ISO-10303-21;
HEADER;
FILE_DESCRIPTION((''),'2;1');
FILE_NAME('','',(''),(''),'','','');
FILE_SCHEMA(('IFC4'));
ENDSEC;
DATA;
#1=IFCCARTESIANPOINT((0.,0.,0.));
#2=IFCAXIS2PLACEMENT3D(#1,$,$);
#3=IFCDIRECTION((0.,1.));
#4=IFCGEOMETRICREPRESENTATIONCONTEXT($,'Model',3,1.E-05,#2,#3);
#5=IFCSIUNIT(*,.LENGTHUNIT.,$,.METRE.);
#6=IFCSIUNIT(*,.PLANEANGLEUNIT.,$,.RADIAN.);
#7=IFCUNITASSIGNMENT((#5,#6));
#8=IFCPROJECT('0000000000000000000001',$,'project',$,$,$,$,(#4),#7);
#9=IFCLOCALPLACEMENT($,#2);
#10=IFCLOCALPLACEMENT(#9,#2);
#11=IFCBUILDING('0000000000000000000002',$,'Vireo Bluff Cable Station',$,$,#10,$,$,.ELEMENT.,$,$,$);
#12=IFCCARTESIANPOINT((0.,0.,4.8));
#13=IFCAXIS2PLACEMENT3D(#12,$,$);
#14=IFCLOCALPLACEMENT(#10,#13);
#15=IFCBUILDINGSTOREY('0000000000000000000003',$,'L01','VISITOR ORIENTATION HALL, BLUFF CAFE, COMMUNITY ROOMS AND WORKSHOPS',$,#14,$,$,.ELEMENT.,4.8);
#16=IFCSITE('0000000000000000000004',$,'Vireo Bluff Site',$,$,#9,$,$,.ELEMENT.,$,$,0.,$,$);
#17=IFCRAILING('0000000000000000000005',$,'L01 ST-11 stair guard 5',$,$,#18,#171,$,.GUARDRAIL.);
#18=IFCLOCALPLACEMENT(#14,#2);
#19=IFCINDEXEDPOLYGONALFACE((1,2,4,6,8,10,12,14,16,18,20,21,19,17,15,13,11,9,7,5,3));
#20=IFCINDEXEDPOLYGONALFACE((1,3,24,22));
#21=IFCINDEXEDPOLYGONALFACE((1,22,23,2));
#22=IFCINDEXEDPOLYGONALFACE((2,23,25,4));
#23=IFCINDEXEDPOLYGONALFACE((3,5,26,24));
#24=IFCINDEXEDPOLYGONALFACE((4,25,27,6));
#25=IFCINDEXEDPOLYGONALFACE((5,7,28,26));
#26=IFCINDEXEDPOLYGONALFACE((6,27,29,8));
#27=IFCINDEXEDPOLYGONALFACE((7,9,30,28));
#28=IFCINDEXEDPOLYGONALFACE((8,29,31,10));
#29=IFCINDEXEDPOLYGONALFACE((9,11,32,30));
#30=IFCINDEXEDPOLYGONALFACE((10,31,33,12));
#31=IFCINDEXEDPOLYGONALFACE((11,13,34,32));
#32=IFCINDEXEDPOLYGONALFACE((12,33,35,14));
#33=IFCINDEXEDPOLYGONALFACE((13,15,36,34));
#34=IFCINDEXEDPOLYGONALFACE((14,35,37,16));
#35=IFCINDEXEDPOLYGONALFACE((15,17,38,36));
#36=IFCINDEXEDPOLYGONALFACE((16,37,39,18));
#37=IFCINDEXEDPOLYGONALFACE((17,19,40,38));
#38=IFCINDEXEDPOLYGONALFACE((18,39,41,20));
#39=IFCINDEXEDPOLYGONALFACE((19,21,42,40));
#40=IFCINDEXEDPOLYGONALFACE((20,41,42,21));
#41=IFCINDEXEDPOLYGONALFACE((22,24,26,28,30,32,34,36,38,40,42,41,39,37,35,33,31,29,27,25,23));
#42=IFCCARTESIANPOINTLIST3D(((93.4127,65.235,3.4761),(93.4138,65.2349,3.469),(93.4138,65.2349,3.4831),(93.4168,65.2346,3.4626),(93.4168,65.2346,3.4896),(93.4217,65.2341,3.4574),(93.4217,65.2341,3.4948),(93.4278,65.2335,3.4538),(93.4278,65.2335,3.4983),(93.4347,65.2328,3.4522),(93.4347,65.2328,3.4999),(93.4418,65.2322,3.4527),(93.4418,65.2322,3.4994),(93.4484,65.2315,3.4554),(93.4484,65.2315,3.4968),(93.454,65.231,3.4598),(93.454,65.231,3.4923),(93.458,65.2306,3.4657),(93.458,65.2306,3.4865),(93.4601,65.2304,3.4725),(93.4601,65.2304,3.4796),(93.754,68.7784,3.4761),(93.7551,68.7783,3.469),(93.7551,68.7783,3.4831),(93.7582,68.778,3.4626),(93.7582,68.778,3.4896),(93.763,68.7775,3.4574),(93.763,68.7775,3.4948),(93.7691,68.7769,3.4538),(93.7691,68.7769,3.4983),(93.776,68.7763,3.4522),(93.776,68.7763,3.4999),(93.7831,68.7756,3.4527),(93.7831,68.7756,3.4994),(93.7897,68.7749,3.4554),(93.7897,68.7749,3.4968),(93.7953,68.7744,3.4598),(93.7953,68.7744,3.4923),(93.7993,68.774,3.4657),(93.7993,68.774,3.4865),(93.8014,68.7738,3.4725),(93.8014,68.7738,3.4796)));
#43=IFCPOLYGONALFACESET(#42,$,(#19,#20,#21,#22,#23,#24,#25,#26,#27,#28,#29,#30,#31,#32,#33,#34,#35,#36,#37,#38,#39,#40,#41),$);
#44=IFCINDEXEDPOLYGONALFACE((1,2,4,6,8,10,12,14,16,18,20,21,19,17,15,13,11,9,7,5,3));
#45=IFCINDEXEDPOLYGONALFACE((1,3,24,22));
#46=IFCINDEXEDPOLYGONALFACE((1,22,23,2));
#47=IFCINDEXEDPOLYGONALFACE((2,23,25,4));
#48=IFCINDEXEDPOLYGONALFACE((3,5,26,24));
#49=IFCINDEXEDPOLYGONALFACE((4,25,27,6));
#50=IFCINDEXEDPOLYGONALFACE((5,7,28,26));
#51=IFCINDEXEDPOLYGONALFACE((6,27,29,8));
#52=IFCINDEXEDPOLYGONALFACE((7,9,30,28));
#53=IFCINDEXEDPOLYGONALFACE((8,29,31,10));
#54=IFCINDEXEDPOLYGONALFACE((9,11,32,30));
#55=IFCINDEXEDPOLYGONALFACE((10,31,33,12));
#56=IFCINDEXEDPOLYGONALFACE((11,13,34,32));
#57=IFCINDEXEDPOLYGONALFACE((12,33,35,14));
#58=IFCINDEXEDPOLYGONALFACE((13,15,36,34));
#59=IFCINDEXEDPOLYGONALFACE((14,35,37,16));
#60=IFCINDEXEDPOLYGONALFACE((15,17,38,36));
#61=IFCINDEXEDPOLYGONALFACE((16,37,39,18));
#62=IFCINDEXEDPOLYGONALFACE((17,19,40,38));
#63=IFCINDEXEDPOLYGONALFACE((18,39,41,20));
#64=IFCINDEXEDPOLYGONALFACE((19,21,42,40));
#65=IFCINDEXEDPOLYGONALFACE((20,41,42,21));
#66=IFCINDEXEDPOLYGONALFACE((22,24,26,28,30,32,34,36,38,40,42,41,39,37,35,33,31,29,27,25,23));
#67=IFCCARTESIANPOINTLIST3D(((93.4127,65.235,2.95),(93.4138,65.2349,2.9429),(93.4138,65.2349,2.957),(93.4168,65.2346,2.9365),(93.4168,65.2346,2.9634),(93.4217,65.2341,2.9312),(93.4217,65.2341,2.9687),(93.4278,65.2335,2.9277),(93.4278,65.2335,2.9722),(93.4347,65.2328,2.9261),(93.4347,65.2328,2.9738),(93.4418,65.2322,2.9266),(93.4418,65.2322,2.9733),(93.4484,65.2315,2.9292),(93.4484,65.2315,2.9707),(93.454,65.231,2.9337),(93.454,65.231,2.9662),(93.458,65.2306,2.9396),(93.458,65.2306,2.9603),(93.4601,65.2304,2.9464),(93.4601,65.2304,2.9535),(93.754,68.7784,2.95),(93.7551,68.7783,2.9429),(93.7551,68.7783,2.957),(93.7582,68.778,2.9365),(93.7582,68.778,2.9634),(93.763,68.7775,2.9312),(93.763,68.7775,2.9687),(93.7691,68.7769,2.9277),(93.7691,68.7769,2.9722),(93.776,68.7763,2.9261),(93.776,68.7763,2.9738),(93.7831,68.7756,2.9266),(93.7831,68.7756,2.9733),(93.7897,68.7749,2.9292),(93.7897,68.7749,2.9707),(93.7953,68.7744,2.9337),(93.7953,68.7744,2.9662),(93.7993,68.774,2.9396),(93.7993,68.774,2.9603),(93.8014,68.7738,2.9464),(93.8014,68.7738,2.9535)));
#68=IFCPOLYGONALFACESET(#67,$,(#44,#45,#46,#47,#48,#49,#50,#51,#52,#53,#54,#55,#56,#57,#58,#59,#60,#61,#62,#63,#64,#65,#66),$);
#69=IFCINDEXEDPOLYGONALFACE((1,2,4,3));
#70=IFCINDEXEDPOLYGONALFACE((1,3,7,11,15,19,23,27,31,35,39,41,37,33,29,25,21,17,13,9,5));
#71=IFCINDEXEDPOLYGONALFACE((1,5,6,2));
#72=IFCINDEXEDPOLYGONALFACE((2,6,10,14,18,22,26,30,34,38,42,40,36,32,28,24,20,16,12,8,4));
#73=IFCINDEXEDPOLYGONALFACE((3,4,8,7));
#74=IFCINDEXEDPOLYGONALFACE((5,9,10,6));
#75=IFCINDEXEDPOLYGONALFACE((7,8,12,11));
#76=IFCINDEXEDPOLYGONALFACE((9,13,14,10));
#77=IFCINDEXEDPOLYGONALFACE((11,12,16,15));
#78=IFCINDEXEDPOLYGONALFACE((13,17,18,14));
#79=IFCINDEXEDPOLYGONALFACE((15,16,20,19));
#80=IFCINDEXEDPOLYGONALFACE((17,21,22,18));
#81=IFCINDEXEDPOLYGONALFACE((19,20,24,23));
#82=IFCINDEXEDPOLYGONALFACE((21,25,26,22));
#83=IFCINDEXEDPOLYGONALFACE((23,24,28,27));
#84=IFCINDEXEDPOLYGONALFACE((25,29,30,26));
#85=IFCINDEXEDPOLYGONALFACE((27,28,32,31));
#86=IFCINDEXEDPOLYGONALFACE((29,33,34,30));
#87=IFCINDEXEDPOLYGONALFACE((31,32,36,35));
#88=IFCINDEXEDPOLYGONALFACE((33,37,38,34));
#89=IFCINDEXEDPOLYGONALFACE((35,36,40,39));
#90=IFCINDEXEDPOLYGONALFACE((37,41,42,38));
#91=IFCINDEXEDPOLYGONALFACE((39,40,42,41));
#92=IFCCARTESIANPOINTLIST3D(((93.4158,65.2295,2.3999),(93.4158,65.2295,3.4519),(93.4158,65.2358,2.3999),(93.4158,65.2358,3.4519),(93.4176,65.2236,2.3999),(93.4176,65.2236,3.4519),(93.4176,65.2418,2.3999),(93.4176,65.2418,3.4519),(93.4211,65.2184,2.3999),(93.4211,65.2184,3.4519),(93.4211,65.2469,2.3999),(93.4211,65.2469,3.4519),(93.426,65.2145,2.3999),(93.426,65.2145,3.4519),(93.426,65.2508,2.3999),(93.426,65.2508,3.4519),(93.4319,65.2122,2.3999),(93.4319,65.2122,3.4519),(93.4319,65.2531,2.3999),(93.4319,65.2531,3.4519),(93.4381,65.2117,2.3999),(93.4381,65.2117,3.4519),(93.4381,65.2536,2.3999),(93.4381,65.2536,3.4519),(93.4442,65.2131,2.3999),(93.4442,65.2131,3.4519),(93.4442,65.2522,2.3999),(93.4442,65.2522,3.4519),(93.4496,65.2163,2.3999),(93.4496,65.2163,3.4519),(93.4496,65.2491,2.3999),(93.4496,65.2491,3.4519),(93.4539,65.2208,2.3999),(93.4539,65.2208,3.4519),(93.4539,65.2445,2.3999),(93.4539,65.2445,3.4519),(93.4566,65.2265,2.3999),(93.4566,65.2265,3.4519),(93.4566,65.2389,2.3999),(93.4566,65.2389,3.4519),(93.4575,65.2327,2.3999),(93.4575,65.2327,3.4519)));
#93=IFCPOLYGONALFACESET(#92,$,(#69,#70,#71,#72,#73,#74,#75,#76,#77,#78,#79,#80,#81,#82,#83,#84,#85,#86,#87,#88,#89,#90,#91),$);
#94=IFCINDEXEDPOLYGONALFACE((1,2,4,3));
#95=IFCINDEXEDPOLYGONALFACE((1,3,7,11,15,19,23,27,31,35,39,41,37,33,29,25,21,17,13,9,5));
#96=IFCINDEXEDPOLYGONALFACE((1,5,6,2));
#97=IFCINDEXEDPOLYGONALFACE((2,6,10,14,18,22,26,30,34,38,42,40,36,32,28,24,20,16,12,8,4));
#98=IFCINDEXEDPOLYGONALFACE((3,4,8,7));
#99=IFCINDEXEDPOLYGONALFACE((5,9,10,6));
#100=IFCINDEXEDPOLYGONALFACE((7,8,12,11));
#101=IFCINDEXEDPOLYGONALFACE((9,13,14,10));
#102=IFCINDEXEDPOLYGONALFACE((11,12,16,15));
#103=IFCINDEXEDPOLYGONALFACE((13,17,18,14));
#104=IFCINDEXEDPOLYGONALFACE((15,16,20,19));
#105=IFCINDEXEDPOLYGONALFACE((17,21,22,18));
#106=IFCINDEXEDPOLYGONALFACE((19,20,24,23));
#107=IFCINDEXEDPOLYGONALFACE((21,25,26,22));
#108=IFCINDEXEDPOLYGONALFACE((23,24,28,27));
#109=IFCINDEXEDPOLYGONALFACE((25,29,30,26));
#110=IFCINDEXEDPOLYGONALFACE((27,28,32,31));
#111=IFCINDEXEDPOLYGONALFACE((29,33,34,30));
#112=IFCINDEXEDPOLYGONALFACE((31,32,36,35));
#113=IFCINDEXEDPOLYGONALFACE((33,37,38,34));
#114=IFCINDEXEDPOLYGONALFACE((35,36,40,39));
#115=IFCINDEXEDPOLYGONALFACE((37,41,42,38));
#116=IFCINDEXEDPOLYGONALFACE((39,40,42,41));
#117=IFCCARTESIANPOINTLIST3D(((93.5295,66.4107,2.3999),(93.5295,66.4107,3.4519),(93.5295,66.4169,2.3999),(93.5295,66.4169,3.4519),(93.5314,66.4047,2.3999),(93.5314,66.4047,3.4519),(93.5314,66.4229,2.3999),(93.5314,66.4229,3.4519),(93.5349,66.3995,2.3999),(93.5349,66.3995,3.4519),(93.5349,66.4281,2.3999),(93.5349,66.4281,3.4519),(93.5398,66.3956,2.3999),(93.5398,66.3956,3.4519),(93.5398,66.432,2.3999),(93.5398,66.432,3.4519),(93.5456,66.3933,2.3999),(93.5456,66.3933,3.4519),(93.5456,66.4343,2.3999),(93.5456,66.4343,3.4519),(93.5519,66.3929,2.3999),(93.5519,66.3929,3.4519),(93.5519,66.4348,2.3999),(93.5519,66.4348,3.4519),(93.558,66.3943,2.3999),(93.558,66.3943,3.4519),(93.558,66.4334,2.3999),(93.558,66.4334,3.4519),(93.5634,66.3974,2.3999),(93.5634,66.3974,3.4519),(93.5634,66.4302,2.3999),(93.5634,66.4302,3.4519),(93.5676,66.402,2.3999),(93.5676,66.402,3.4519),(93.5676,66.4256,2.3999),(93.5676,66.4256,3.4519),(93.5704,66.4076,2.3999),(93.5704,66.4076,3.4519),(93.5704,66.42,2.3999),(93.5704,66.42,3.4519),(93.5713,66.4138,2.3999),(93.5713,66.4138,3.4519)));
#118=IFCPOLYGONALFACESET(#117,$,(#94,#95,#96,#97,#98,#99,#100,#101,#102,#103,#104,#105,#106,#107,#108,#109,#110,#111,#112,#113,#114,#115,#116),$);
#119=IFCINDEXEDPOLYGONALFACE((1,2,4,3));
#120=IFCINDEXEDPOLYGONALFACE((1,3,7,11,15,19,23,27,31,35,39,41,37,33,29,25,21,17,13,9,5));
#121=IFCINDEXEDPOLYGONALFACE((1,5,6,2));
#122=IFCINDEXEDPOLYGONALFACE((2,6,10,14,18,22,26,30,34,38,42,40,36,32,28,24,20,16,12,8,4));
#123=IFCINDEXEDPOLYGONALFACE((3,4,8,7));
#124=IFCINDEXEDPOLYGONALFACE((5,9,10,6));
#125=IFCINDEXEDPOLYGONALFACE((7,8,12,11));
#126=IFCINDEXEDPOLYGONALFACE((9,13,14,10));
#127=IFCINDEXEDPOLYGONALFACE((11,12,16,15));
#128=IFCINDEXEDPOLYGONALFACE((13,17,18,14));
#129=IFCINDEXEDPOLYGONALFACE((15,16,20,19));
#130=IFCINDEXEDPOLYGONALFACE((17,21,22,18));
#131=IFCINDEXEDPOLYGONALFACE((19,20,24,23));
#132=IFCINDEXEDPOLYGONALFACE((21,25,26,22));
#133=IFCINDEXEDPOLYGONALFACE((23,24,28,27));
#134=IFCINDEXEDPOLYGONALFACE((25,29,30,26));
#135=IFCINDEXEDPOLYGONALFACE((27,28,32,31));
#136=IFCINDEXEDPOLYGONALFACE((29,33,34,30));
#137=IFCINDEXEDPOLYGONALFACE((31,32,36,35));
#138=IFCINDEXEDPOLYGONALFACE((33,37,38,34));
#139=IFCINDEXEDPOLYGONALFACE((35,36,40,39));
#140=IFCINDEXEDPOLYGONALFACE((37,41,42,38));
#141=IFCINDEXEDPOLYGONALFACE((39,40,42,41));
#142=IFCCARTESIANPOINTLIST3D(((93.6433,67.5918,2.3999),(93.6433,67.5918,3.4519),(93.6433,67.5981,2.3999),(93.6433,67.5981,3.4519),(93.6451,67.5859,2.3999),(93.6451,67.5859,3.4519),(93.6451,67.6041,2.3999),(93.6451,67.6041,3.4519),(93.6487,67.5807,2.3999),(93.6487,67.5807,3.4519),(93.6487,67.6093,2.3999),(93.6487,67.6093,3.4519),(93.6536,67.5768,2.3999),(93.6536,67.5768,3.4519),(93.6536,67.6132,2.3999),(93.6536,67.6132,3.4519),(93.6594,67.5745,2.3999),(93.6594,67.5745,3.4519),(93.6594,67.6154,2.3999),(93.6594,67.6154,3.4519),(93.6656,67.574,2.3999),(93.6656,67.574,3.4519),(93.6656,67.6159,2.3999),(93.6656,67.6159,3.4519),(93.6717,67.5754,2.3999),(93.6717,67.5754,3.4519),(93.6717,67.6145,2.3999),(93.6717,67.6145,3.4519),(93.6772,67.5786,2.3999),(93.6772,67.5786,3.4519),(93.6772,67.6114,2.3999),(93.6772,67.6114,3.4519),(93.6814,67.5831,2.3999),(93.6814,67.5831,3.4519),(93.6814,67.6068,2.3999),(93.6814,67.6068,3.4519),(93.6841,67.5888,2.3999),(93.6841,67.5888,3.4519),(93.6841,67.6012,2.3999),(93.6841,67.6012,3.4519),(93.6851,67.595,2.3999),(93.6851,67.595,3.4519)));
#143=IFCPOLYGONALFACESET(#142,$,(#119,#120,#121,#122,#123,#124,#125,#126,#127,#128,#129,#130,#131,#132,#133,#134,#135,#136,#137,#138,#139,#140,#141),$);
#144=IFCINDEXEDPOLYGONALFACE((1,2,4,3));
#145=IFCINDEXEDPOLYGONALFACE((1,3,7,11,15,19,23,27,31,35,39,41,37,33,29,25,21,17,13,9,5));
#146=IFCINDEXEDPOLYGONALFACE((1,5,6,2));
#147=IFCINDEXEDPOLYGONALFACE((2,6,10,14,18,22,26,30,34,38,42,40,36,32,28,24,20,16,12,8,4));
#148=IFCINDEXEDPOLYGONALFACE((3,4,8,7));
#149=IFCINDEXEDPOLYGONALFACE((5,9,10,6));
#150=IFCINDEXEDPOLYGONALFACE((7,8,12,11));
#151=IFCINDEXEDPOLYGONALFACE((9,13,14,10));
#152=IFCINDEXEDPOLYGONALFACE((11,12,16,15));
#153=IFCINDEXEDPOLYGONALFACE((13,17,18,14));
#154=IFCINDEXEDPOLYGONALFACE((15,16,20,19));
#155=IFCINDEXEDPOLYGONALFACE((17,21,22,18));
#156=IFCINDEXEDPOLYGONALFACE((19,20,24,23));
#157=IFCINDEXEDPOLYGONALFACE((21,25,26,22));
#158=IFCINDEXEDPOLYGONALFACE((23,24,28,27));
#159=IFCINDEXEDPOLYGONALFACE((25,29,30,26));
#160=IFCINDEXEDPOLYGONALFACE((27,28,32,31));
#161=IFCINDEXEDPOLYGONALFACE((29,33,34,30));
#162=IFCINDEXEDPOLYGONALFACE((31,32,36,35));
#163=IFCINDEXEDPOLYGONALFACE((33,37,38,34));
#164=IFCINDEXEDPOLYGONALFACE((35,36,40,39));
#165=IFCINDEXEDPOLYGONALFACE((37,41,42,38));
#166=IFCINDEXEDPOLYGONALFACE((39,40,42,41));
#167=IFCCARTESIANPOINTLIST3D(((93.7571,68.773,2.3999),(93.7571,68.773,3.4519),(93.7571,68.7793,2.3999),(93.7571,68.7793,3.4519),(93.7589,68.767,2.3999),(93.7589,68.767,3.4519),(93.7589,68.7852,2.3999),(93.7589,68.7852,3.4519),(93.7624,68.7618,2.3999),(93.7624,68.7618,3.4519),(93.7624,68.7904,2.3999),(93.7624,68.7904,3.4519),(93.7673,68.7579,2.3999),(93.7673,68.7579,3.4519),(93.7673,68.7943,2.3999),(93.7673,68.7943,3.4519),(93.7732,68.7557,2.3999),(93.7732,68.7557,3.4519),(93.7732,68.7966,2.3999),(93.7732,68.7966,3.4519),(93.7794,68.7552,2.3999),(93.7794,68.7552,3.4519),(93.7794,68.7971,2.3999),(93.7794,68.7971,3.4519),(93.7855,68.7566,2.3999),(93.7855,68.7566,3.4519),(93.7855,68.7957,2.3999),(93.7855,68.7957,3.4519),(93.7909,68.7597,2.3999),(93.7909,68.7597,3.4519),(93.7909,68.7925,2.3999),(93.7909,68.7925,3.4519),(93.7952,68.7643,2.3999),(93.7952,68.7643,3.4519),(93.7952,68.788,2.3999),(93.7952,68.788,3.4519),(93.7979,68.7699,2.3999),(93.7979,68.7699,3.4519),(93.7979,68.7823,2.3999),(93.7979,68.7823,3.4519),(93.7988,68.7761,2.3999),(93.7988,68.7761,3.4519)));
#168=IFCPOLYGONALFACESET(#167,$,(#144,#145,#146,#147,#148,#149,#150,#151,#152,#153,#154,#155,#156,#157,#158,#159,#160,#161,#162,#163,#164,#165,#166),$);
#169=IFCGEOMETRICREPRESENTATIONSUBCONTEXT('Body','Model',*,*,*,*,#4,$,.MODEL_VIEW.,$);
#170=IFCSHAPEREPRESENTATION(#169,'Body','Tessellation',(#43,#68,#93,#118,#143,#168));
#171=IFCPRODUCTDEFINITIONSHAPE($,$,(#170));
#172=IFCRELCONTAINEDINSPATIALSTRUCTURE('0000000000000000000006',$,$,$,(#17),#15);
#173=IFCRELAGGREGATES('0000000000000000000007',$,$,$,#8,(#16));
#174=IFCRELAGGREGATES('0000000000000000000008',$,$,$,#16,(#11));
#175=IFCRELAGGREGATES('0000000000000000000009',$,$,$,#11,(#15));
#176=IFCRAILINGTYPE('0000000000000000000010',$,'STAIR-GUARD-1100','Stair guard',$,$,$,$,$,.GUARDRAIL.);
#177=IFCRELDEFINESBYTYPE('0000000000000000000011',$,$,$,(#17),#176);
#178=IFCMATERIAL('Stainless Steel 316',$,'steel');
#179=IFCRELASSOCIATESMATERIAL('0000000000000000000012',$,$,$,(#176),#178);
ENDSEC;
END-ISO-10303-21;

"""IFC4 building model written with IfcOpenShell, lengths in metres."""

from ifc_helpers import new_model, si_unit, direction, frame, origin, origin_2d, place, context, subcontext, project, spatial, circle, extrude, material, type_object, element, save


model = new_model("IFC4")

# Units and contexts
model_context = context("Model", 3, precision=1e-05, world=origin(), true_north=direction((0.0, 1.0)))
body_context = subcontext(model_context, "Body", "Model", "MODEL_VIEW")
ifc_project = project(units=[si_unit("LENGTHUNIT", "METRE"), si_unit("PLANEANGLEUNIT", "RADIAN")], contexts=[model_context])

# Site, building, storey
site_placement = place(None, origin())
site = spatial("IfcSite", under=ifc_project, at=site_placement, Name="Vireo Bluff Site", CompositionType="ELEMENT", RefElevation=0.0)
building_placement = place(site_placement, origin())
building = spatial("IfcBuilding", under=site, at=building_placement, Name="Vireo Bluff Cable Station", CompositionType="ELEMENT")
storey_placement = place(building_placement, frame((0.0, 0.0, 4.8)))
storey = spatial("IfcBuildingStorey", under=building, at=storey_placement, Name="L01", Description="VISITOR ORIENTATION HALL, BLUFF CAFE, COMMUNITY ROOMS AND WORKSHOPS", CompositionType="ELEMENT", Elevation=4.8)

# Railing
ifc_material_1 = material(Name="Stainless Steel 316", Category="steel")
railing_type = type_object("IfcRailingType", Name="STAIR-GUARD-1100", Description="Stair guard", PredefinedType="GUARDRAIL", material=ifc_material_1)
railing_1_placement = place(storey_placement, frame((93.4365, 65.2327, 2.3999)))
element("IfcRailing", 1, at=railing_1_placement, inside=storey, type_object=railing_type, Name="L01 ST-11 stair guard 5", PredefinedType="GUARDRAIL", context=body_context, shape_type="SweptSolid", body=[
    extrude(circle(Radius=0.0239, at=origin_2d()), frame((0.0, 0.0, 1.0762), z_axis=(0.095877, 0.995393, 0.0), x_axis=(-0.995393, 0.095877, 0.0)), (0.0, 0.0, 1.0), 3.5598),
    extrude(circle(Radius=0.0239, at=origin_2d()), frame((0.0, 0.0, 0.55), z_axis=(0.095877, 0.995393, 0.0), x_axis=(-0.995393, 0.095877, 0.0)), (0.0, 0.0, 1.0), 3.5598),
    extrude(circle(Radius=0.021, at=origin_2d()), origin(), (0.0, 0.0, 1.0), 1.052),
    extrude(circle(Radius=0.021, at=origin_2d()), frame((0.1138, 1.1812, 0.0)), (0.0, 0.0, 1.0), 1.052),
    extrude(circle(Radius=0.021, at=origin_2d()), frame((0.2275, 2.3623, 0.0)), (0.0, 0.0, 1.0), 1.052),
    extrude(circle(Radius=0.021, at=origin_2d()), frame((0.3413, 3.5435, 0.0)), (0.0, 0.0, 1.0), 1.052),
])

save(model, "model.ifc")
